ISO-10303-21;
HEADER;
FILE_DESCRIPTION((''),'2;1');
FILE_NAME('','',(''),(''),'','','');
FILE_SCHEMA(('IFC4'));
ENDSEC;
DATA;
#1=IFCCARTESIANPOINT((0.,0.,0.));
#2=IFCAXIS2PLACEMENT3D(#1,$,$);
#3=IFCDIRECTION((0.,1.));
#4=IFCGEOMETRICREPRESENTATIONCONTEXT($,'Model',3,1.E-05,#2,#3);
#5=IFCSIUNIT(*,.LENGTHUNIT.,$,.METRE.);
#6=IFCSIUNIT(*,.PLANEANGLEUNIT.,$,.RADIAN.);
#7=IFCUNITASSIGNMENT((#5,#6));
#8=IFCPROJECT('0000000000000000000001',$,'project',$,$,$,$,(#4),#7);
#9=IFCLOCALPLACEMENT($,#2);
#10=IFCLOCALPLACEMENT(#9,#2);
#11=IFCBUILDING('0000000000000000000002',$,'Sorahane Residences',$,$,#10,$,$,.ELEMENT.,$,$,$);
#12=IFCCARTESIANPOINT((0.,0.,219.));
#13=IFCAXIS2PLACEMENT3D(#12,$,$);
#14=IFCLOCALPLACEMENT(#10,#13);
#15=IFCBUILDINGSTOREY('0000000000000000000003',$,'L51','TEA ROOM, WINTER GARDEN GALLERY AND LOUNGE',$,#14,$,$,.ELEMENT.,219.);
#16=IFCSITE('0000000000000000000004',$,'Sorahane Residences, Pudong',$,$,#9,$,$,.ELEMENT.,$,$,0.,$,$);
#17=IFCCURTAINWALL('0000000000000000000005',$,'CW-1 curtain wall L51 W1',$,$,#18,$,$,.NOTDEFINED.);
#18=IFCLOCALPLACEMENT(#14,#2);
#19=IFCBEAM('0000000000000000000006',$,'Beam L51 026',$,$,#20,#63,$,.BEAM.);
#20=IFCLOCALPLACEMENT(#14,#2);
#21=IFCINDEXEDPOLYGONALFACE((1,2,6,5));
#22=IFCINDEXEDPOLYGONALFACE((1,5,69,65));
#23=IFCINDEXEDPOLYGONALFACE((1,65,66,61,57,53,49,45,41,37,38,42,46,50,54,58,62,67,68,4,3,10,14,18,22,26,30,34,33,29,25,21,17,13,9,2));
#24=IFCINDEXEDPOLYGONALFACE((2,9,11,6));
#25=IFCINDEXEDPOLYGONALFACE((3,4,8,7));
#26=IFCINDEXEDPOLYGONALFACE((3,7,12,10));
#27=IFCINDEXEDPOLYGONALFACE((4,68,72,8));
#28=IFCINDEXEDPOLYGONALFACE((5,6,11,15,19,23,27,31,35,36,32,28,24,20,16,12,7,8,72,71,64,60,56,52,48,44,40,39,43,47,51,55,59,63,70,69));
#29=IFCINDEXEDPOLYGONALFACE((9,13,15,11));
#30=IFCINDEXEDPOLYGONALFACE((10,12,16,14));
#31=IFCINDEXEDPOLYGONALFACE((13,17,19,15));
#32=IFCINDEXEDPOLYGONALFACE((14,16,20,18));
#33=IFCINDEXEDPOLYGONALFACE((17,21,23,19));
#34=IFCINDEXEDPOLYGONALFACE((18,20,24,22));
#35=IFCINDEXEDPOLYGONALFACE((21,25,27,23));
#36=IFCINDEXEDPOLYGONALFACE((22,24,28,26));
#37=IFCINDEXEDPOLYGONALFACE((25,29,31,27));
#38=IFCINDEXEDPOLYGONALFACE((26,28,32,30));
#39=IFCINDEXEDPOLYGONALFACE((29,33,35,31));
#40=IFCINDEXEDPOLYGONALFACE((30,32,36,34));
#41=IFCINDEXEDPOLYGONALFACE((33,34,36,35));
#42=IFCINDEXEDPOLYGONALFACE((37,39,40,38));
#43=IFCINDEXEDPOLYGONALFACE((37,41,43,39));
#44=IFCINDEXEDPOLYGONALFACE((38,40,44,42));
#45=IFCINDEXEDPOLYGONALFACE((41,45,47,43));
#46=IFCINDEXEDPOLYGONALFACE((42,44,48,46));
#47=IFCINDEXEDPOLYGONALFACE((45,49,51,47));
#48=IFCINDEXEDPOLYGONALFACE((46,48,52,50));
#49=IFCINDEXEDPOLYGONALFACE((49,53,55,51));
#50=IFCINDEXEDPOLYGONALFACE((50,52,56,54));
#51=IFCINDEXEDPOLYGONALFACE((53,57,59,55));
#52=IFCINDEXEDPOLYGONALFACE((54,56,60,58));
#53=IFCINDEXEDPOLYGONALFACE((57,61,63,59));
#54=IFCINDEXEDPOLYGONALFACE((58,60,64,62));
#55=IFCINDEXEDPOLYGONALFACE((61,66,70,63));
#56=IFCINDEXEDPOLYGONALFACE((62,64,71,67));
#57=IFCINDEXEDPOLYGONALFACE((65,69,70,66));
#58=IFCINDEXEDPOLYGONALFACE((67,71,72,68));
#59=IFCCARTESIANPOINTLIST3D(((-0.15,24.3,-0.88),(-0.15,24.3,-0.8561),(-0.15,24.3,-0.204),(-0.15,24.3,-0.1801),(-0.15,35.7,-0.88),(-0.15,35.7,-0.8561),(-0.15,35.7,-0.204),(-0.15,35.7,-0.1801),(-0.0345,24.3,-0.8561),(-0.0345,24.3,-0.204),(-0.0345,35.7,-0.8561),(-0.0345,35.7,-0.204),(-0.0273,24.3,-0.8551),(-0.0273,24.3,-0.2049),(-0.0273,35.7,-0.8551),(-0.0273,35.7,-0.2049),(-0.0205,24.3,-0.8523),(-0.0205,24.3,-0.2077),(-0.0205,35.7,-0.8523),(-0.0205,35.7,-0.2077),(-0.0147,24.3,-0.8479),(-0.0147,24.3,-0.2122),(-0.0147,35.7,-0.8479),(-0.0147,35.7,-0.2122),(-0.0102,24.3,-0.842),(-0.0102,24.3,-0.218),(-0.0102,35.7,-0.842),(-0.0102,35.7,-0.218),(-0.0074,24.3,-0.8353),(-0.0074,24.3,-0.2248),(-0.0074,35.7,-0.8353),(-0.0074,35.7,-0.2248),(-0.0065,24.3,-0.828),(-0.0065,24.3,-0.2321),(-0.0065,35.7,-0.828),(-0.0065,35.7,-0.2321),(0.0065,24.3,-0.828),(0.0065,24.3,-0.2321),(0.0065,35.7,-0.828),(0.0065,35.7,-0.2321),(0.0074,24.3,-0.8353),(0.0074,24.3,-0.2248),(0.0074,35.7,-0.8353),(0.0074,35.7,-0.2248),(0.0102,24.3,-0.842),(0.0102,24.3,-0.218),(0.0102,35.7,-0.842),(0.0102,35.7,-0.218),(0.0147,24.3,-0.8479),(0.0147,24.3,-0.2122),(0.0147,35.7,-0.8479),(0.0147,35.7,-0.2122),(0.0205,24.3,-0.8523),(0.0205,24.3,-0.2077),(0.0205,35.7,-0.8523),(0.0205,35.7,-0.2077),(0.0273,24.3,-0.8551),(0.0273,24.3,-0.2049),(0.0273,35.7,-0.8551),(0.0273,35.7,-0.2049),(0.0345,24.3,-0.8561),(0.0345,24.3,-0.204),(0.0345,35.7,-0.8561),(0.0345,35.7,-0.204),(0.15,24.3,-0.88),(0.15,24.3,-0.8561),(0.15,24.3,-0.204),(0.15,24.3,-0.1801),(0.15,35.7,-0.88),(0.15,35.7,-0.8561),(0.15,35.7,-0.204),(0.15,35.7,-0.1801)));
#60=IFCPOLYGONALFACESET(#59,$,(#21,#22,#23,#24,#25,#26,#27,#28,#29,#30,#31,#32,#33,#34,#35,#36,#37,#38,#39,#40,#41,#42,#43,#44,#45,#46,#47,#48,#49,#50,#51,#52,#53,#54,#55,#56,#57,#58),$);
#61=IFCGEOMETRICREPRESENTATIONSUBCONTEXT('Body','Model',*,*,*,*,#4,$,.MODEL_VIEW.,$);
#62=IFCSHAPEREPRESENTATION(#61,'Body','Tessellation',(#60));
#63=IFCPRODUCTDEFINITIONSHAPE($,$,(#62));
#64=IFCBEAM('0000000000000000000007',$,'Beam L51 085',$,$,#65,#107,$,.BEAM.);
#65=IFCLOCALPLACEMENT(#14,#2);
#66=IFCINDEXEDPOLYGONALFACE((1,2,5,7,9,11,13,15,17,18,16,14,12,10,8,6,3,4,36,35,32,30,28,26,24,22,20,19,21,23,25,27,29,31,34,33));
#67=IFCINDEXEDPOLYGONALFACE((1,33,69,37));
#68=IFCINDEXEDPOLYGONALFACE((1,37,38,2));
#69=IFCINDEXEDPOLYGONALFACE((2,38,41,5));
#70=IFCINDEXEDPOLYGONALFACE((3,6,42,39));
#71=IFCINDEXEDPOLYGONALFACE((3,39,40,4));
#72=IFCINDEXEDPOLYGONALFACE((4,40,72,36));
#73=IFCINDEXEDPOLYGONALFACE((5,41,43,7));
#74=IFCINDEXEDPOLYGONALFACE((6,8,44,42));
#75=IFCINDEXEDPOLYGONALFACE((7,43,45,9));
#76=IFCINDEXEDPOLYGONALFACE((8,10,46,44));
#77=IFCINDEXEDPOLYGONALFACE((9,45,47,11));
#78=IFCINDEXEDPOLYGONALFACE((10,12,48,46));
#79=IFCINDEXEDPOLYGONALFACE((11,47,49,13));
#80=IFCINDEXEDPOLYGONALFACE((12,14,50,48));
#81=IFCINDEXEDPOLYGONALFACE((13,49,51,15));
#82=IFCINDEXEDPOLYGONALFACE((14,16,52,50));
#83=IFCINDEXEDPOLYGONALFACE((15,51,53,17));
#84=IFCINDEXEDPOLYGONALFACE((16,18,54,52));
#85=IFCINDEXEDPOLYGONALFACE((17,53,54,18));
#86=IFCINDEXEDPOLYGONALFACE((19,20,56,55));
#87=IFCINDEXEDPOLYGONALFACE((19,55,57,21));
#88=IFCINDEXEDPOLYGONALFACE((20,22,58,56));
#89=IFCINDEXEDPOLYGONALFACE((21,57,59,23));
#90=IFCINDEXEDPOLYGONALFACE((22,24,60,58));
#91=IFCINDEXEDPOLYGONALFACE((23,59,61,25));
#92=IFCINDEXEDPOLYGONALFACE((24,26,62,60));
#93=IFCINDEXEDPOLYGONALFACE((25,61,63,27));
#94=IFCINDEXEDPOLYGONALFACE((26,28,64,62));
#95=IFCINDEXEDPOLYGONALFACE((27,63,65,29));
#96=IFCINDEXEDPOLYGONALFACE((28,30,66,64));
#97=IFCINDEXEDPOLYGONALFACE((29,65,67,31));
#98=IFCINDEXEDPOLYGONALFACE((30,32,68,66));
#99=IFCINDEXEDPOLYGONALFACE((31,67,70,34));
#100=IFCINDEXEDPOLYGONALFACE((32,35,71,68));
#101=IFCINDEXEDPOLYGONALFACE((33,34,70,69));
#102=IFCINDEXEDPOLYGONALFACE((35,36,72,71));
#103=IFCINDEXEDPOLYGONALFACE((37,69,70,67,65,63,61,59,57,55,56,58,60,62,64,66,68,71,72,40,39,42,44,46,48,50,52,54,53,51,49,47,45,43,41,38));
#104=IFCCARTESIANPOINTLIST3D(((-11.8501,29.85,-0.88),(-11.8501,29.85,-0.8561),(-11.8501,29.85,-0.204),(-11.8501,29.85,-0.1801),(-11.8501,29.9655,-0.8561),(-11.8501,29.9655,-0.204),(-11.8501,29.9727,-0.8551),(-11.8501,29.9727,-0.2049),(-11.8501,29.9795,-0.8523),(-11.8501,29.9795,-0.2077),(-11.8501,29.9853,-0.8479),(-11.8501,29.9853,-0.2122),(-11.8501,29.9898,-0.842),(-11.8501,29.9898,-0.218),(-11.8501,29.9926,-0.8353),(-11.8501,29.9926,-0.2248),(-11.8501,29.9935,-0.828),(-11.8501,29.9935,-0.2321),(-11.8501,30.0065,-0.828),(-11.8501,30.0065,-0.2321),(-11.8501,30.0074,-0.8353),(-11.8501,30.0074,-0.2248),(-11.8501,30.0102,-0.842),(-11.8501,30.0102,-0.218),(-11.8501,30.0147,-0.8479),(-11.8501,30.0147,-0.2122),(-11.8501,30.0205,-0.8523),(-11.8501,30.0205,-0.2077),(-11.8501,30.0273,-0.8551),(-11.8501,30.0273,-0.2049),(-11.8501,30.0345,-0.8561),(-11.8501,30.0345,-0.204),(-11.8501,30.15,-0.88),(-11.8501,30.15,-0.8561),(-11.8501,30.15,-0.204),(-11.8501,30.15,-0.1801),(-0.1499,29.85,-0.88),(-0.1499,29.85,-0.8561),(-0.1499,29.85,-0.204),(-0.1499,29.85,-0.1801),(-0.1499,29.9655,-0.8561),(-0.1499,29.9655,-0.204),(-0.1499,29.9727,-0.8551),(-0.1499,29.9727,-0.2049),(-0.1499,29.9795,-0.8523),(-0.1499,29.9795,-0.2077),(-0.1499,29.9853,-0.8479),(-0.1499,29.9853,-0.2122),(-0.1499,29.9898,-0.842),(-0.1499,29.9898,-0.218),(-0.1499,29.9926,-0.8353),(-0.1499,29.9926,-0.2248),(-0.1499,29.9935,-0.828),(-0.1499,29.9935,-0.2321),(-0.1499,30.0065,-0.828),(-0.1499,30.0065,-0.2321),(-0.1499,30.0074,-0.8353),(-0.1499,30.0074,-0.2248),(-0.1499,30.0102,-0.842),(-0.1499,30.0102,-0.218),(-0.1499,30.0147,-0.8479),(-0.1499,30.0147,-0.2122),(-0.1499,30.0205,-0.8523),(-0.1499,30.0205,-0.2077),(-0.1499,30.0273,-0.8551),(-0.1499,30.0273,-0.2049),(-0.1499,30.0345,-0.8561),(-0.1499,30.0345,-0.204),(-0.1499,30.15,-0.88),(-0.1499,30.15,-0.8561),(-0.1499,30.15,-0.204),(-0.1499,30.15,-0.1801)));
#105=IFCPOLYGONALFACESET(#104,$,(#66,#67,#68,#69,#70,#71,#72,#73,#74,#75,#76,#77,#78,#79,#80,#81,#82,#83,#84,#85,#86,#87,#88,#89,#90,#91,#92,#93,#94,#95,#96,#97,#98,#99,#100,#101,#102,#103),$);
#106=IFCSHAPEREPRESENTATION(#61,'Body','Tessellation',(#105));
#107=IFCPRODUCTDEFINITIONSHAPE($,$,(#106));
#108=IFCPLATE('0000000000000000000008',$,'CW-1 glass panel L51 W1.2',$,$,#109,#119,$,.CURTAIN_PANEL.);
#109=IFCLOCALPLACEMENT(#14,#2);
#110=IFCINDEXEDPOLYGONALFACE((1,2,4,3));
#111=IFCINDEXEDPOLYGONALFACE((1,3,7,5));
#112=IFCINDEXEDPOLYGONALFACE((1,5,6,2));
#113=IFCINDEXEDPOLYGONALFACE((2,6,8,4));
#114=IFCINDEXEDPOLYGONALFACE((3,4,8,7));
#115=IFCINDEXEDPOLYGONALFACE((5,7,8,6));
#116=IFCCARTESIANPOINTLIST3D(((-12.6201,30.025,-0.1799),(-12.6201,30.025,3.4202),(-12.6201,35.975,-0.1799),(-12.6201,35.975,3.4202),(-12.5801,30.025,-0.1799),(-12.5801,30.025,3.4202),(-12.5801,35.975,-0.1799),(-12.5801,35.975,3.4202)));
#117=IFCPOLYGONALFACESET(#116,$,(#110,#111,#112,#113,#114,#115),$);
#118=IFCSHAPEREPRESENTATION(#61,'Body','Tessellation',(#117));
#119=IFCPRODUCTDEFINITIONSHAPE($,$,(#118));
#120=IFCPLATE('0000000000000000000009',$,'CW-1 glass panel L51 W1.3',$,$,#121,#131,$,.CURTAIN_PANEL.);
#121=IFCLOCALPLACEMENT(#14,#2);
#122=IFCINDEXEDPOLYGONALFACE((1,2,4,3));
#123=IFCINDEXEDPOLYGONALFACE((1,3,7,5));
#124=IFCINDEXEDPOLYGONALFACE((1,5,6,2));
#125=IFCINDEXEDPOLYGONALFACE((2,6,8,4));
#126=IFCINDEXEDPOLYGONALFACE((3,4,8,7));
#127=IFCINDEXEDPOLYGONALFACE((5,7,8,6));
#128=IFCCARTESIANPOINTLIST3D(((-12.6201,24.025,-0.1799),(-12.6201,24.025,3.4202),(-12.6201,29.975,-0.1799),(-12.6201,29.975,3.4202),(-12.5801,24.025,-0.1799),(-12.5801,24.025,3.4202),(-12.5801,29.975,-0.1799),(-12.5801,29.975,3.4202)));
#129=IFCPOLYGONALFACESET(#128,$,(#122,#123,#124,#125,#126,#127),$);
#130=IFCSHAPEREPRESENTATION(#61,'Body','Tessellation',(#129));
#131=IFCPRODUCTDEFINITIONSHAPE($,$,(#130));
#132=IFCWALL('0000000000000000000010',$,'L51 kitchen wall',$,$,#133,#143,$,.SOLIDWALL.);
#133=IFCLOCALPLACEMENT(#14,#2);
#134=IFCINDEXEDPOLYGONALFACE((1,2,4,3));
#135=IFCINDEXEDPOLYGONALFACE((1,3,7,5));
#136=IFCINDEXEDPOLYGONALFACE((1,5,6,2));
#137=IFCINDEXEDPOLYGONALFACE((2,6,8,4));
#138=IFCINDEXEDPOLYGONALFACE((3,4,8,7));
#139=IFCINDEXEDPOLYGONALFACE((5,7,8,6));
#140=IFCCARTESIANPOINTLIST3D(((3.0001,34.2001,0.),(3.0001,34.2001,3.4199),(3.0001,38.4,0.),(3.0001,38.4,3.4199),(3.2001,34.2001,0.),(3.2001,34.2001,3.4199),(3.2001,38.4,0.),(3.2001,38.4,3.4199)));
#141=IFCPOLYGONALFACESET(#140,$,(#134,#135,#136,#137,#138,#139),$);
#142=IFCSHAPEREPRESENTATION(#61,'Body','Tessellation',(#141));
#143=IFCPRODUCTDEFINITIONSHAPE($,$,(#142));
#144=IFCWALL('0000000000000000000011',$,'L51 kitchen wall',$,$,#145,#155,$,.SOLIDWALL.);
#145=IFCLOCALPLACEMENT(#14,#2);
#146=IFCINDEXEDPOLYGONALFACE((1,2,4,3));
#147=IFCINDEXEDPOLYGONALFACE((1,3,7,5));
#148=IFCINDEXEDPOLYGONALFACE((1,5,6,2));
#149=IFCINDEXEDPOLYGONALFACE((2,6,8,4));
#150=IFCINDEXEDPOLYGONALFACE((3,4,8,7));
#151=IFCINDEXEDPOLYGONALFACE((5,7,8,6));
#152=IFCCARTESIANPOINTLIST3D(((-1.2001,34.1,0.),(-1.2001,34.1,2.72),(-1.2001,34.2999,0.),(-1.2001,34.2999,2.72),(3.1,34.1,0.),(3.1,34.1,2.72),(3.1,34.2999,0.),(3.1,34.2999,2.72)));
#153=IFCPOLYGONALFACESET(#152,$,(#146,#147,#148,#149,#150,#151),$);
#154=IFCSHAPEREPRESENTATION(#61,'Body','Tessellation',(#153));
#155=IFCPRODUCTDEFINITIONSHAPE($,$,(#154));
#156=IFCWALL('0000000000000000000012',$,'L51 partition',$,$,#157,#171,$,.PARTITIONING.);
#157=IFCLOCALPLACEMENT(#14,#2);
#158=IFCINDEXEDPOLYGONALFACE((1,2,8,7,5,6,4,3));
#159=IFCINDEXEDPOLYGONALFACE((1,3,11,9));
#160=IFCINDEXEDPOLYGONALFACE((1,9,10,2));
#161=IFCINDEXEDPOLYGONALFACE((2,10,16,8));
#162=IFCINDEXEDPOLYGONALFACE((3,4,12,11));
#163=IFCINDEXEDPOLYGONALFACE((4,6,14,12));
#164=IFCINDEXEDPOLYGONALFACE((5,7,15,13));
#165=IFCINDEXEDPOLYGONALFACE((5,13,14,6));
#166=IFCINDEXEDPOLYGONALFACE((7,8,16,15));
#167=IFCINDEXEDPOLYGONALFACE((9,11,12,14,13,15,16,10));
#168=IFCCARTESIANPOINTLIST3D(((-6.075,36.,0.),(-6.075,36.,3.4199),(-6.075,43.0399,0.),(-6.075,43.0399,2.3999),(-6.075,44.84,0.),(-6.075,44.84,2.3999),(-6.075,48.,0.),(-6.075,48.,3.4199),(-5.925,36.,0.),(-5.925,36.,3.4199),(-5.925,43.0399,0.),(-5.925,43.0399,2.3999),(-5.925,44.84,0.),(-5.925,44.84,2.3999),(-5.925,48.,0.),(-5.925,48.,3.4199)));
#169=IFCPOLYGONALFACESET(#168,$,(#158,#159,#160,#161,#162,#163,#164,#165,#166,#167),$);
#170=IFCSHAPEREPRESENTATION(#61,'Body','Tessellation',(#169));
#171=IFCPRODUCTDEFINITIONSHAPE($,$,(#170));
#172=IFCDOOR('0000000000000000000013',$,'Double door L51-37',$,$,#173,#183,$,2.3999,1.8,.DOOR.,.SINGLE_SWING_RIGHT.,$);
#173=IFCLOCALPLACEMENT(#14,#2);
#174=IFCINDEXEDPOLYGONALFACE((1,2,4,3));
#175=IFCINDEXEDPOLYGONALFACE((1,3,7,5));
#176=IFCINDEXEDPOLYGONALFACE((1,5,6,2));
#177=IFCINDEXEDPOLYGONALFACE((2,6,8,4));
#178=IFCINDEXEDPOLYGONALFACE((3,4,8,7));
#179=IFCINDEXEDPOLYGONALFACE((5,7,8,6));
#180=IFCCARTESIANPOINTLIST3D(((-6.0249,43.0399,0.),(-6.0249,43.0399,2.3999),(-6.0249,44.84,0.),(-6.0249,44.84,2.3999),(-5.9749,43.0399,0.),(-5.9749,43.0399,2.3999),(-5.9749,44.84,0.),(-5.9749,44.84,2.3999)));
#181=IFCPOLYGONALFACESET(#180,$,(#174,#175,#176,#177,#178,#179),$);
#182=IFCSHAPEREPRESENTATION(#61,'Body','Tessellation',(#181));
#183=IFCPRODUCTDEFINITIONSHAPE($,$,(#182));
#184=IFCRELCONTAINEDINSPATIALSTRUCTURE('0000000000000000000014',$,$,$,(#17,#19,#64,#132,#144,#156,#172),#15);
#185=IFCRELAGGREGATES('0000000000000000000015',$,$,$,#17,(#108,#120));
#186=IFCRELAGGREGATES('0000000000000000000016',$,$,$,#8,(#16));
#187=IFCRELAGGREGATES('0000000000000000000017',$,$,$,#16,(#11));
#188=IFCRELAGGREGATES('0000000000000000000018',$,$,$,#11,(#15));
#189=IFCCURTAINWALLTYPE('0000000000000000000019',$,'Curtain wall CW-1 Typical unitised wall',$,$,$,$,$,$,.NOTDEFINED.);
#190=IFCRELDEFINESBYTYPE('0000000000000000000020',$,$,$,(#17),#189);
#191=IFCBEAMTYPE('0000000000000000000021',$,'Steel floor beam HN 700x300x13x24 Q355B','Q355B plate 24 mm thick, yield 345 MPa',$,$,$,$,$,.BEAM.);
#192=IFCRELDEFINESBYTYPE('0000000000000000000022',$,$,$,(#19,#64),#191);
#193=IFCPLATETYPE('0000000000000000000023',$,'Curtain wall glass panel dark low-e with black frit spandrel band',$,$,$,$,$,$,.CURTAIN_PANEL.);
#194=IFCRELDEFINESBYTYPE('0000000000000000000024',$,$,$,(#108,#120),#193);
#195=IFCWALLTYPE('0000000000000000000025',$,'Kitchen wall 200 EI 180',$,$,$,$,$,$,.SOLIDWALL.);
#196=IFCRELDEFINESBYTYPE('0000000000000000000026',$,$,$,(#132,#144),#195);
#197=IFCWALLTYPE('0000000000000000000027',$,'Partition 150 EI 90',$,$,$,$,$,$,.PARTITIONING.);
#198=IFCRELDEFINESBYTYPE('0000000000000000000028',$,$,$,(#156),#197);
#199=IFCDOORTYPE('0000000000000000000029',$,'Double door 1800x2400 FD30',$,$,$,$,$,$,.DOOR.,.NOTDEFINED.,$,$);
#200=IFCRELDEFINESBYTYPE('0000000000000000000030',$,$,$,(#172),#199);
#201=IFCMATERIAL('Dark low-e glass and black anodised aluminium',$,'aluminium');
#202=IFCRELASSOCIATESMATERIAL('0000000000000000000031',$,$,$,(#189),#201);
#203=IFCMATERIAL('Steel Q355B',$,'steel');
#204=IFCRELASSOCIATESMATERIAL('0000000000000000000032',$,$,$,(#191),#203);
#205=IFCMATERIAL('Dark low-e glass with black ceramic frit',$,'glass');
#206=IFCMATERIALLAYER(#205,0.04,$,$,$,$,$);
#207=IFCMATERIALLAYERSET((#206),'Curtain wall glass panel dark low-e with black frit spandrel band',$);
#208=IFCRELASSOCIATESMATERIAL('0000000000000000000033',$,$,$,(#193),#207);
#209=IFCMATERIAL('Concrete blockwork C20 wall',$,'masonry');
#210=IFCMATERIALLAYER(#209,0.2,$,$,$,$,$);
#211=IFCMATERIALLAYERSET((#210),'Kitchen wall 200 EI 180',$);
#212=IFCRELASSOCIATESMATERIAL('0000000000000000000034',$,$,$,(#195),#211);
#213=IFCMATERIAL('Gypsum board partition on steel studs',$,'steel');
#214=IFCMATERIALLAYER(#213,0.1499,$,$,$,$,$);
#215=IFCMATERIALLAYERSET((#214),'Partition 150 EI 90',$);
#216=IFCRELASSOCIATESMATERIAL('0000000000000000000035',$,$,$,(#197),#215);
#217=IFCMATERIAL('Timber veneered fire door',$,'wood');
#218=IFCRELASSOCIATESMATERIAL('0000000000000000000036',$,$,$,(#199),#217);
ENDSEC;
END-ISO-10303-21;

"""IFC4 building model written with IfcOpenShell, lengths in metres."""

from ifc_helpers import new_model, si_unit, direction, frame, frame_2d, origin, origin_2d, place, context, subcontext, project, spatial, rectangle, i_section, extrude, material, layer, layer_set, material_profile, profile_set, type_object, element, fill, aggregate, save


model = new_model("IFC4")

# Units and contexts
model_context = context("Model", 3, precision=1e-05, world=origin(), true_north=direction((0.0, 1.0)))
body_context = subcontext(model_context, "Body", "Model", "MODEL_VIEW")
ifc_project = project(units=[si_unit("LENGTHUNIT", "METRE"), si_unit("PLANEANGLEUNIT", "RADIAN")], contexts=[model_context])

# Site, building, storey
site_placement = place(None, origin())
site = spatial("IfcSite", under=ifc_project, at=site_placement, Name="Sorahane Residences, Pudong", CompositionType="ELEMENT", RefElevation=0.0)
building_placement = place(site_placement, origin())
building = spatial("IfcBuilding", under=site, at=building_placement, Name="Sorahane Residences", CompositionType="ELEMENT")
storey_placement = place(building_placement, frame((0.0, 0.0, 219.0)))
storey = spatial("IfcBuildingStorey", under=building, at=storey_placement, Name="L51", Description="TEA ROOM, WINTER GARDEN GALLERY AND LOUNGE", CompositionType="ELEMENT", Elevation=219.0)

# Curtain wall
ifc_material_1 = material(Name="Dark low-e glass and black anodised aluminium", Category="aluminium")
curtain_wall_type = type_object("IfcCurtainWallType", Name="Curtain wall CW-1 Typical unitised wall", PredefinedType="NOTDEFINED", material=ifc_material_1)
curtain_wall_placement = place(storey_placement, origin())
curtain_wall = element("IfcCurtainWall", 1, at=curtain_wall_placement, inside=storey, type_object=curtain_wall_type, Name="CW-1 curtain wall L51 W1", PredefinedType="NOTDEFINED")

# Beams
ifc_material_2 = material(Name="Steel Q355B", Category="steel")
ifc_material_profile_1 = material_profile(ifc_material_2, i_section(OverallWidth=0.3, OverallDepth=0.7, WebThickness=0.0129, FlangeThickness=0.0239, FilletRadius=0.0281, at=origin_2d()), Name="HN 700x300x13x24")
ifc_profile_set_1 = profile_set([ifc_material_profile_1], Name="Steel Q355B")
beam_type_1 = type_object("IfcBeamType", Name="Steel floor beam HN 700x300x13x24 Q355B", Description="Q355B plate 24 mm thick, yield 345 MPa", PredefinedType="BEAM", material=ifc_profile_set_1)
beam_1_placement = place(storey_placement, frame((0.0, 24.3, -0.53), z_axis=(0.0, 1.0, 0.0), x_axis=(-1.0, 0.0, 0.0)))
element("IfcBeam", 2, at=beam_1_placement, inside=storey, type_object=beam_type_1, Name="Beam L51 026", PredefinedType="BEAM", context=body_context, shape_type="SweptSolid", body=[
    extrude(i_section(OverallWidth=0.3, OverallDepth=0.7, WebThickness=0.0129, FlangeThickness=0.0239, FilletRadius=0.0281, at=origin_2d()), origin(), (0.0, 0.0, 1.0), 11.3999),
])
beam_2_placement = place(storey_placement, frame((-11.8501, 30.0, -0.53), z_axis=(1.0, 0.0, 0.0), x_axis=(0.0, 1.0, 0.0)))
element("IfcBeam", 3, at=beam_2_placement, inside=storey, type_object=beam_type_1, Name="Beam L51 085", PredefinedType="BEAM", context=body_context, shape_type="SweptSolid", body=[
    extrude(i_section(OverallWidth=0.3, OverallDepth=0.7, WebThickness=0.0129, FlangeThickness=0.0239, FilletRadius=0.0281, at=origin_2d()), origin(), (0.0, 0.0, 1.0), 11.7002),
])

# Plates
ifc_material_3 = material(Name="Dark low-e glass with black ceramic frit", Category="glass")
ifc_layer_1 = layer(ifc_material_3, 0.04)
ifc_layer_set_1 = layer_set([ifc_layer_1], Name="Curtain wall glass panel dark low-e with black frit spandrel band")
plate_type = type_object("IfcPlateType", Name="Curtain wall glass panel dark low-e with black frit spandrel band", PredefinedType="CURTAIN_PANEL", material=ifc_layer_set_1)
plate_1_placement = place(storey_placement, frame((-12.6001, 33.0, -0.1799), z_axis=(0.0, 0.0, 1.0), x_axis=(0.0, -1.0, 0.0)))
plate_1 = element("IfcPlate", 4, at=plate_1_placement, type_object=plate_type, Name="CW-1 glass panel L51 W1.2", PredefinedType="CURTAIN_PANEL", context=body_context, shape_type="SweptSolid", body=[
    extrude(rectangle(XDim=5.95, YDim=0.04, at=origin_2d()), origin(), (0.0, 0.0, 1.0), 3.6001),
])
plate_2_placement = place(storey_placement, frame((-12.6001, 27.0, -0.1799), z_axis=(0.0, 0.0, 1.0), x_axis=(0.0, -1.0, 0.0)))
plate_2 = element("IfcPlate", 5, at=plate_2_placement, type_object=plate_type, Name="CW-1 glass panel L51 W1.3", PredefinedType="CURTAIN_PANEL", context=body_context, shape_type="SweptSolid", body=[
    extrude(rectangle(XDim=5.95, YDim=0.04, at=origin_2d()), origin(), (0.0, 0.0, 1.0), 3.6001),
])
aggregate(curtain_wall, [plate_1, plate_2])

# Shared definitions
ifc_material_4 = material(Name="Concrete blockwork C20 wall", Category="masonry")
ifc_layer_2 = layer(ifc_material_4, 0.2)
ifc_layer_set_2 = layer_set([ifc_layer_2], Name="Kitchen wall 200 EI 180")
wall_type_1 = type_object("IfcWallType", Name="Kitchen wall 200 EI 180", PredefinedType="SOLIDWALL", material=ifc_layer_set_2)

# Walls
wall_1_placement = place(storey_placement, frame((3.1001, 34.2, 0.0), z_axis=(0.0, 0.0, 1.0), x_axis=(0.0, 1.0, 0.0)))
element("IfcWall", 6, at=wall_1_placement, inside=storey, type_object=wall_type_1, Name="L51 kitchen wall", PredefinedType="SOLIDWALL", context=body_context, shape_type="SweptSolid", body=[
    extrude(rectangle(XDim=4.2, YDim=0.2, at=frame_2d((2.1001, 0.0))), origin(), (0.0, 0.0, 1.0), 3.4199),
])
wall_2_placement = place(storey_placement, frame((-1.2, 34.2, 0.0), z_axis=(0.0, 0.0, 1.0), x_axis=(1.0, 0.0, 0.0)))
element("IfcWall", 7, at=wall_2_placement, inside=storey, type_object=wall_type_1, Name="L51 kitchen wall", PredefinedType="SOLIDWALL", context=body_context, shape_type="SweptSolid", body=[
    extrude(rectangle(XDim=4.3, YDim=0.2, at=frame_2d((2.1499, 0.0))), origin(), (0.0, 0.0, 1.0), 2.72),
])

# Wall, opening, door
ifc_material_5 = material(Name="Gypsum board partition on steel studs", Category="steel")
ifc_layer_3 = layer(ifc_material_5, 0.1499)
ifc_layer_set_3 = layer_set([ifc_layer_3], Name="Partition 150 EI 90")
wall_type_2 = type_object("IfcWallType", Name="Partition 150 EI 90", PredefinedType="PARTITIONING", material=ifc_layer_set_3)
wall_3_placement = place(storey_placement, frame((-6.0, 36.0, 0.0), z_axis=(0.0, 0.0, 1.0), x_axis=(0.0, 1.0, 0.0)))
wall_3 = element("IfcWall", 8, at=wall_3_placement, inside=storey, type_object=wall_type_2, Name="L51 partition", PredefinedType="PARTITIONING", context=body_context, shape_type="SweptSolid", body=[
    extrude(rectangle(XDim=12.0, YDim=0.1499, at=frame_2d((6.0, 0.0))), origin(), (0.0, 0.0, 1.0), 3.4199),
])
opening_1_placement = place(wall_3_placement, frame((7.04, 0.0, 0.0)))
opening_1 = element("IfcOpeningElement", 9, at=opening_1_placement, cuts=wall_3, PredefinedType="OPENING", context=body_context, shape_type="SweptSolid", body=[
    extrude(rectangle(XDim=1.8, YDim=2.3999, at=frame_2d((0.8999, 1.2))), frame((0.0, 0.085, 0.0), z_axis=(0.0, -1.0, 0.0), x_axis=(1.0, 0.0, 0.0)), (0.0, 0.0, 1.0), 0.1699),
])
ifc_material_6 = material(Name="Timber veneered fire door", Category="wood")
door_type_1 = type_object("IfcDoorType", Name="Double door 1800x2400 FD30", OperationType="NOTDEFINED", PredefinedType="DOOR", material=ifc_material_6)
door_1_placement = place(opening_1_placement, origin())
door_1 = element("IfcDoor", 10, at=door_1_placement, inside=storey, type_object=door_type_1, Name="Double door L51-37", OperationType="SINGLE_SWING_RIGHT", OverallHeight=2.3999, OverallWidth=1.8, PredefinedType="DOOR", context=body_context, shape_type="SweptSolid", body=[
    extrude(rectangle(XDim=1.8, YDim=2.3999, at=frame_2d((0.8999, 1.2))), frame((0.0, 0.0249, 0.0), z_axis=(0.0, -1.0, 0.0), x_axis=(1.0, 0.0, 0.0)), (0.0, 0.0, 1.0), 0.05),
])
fill(opening_1, door_1)

save(model, "model.ifc")
